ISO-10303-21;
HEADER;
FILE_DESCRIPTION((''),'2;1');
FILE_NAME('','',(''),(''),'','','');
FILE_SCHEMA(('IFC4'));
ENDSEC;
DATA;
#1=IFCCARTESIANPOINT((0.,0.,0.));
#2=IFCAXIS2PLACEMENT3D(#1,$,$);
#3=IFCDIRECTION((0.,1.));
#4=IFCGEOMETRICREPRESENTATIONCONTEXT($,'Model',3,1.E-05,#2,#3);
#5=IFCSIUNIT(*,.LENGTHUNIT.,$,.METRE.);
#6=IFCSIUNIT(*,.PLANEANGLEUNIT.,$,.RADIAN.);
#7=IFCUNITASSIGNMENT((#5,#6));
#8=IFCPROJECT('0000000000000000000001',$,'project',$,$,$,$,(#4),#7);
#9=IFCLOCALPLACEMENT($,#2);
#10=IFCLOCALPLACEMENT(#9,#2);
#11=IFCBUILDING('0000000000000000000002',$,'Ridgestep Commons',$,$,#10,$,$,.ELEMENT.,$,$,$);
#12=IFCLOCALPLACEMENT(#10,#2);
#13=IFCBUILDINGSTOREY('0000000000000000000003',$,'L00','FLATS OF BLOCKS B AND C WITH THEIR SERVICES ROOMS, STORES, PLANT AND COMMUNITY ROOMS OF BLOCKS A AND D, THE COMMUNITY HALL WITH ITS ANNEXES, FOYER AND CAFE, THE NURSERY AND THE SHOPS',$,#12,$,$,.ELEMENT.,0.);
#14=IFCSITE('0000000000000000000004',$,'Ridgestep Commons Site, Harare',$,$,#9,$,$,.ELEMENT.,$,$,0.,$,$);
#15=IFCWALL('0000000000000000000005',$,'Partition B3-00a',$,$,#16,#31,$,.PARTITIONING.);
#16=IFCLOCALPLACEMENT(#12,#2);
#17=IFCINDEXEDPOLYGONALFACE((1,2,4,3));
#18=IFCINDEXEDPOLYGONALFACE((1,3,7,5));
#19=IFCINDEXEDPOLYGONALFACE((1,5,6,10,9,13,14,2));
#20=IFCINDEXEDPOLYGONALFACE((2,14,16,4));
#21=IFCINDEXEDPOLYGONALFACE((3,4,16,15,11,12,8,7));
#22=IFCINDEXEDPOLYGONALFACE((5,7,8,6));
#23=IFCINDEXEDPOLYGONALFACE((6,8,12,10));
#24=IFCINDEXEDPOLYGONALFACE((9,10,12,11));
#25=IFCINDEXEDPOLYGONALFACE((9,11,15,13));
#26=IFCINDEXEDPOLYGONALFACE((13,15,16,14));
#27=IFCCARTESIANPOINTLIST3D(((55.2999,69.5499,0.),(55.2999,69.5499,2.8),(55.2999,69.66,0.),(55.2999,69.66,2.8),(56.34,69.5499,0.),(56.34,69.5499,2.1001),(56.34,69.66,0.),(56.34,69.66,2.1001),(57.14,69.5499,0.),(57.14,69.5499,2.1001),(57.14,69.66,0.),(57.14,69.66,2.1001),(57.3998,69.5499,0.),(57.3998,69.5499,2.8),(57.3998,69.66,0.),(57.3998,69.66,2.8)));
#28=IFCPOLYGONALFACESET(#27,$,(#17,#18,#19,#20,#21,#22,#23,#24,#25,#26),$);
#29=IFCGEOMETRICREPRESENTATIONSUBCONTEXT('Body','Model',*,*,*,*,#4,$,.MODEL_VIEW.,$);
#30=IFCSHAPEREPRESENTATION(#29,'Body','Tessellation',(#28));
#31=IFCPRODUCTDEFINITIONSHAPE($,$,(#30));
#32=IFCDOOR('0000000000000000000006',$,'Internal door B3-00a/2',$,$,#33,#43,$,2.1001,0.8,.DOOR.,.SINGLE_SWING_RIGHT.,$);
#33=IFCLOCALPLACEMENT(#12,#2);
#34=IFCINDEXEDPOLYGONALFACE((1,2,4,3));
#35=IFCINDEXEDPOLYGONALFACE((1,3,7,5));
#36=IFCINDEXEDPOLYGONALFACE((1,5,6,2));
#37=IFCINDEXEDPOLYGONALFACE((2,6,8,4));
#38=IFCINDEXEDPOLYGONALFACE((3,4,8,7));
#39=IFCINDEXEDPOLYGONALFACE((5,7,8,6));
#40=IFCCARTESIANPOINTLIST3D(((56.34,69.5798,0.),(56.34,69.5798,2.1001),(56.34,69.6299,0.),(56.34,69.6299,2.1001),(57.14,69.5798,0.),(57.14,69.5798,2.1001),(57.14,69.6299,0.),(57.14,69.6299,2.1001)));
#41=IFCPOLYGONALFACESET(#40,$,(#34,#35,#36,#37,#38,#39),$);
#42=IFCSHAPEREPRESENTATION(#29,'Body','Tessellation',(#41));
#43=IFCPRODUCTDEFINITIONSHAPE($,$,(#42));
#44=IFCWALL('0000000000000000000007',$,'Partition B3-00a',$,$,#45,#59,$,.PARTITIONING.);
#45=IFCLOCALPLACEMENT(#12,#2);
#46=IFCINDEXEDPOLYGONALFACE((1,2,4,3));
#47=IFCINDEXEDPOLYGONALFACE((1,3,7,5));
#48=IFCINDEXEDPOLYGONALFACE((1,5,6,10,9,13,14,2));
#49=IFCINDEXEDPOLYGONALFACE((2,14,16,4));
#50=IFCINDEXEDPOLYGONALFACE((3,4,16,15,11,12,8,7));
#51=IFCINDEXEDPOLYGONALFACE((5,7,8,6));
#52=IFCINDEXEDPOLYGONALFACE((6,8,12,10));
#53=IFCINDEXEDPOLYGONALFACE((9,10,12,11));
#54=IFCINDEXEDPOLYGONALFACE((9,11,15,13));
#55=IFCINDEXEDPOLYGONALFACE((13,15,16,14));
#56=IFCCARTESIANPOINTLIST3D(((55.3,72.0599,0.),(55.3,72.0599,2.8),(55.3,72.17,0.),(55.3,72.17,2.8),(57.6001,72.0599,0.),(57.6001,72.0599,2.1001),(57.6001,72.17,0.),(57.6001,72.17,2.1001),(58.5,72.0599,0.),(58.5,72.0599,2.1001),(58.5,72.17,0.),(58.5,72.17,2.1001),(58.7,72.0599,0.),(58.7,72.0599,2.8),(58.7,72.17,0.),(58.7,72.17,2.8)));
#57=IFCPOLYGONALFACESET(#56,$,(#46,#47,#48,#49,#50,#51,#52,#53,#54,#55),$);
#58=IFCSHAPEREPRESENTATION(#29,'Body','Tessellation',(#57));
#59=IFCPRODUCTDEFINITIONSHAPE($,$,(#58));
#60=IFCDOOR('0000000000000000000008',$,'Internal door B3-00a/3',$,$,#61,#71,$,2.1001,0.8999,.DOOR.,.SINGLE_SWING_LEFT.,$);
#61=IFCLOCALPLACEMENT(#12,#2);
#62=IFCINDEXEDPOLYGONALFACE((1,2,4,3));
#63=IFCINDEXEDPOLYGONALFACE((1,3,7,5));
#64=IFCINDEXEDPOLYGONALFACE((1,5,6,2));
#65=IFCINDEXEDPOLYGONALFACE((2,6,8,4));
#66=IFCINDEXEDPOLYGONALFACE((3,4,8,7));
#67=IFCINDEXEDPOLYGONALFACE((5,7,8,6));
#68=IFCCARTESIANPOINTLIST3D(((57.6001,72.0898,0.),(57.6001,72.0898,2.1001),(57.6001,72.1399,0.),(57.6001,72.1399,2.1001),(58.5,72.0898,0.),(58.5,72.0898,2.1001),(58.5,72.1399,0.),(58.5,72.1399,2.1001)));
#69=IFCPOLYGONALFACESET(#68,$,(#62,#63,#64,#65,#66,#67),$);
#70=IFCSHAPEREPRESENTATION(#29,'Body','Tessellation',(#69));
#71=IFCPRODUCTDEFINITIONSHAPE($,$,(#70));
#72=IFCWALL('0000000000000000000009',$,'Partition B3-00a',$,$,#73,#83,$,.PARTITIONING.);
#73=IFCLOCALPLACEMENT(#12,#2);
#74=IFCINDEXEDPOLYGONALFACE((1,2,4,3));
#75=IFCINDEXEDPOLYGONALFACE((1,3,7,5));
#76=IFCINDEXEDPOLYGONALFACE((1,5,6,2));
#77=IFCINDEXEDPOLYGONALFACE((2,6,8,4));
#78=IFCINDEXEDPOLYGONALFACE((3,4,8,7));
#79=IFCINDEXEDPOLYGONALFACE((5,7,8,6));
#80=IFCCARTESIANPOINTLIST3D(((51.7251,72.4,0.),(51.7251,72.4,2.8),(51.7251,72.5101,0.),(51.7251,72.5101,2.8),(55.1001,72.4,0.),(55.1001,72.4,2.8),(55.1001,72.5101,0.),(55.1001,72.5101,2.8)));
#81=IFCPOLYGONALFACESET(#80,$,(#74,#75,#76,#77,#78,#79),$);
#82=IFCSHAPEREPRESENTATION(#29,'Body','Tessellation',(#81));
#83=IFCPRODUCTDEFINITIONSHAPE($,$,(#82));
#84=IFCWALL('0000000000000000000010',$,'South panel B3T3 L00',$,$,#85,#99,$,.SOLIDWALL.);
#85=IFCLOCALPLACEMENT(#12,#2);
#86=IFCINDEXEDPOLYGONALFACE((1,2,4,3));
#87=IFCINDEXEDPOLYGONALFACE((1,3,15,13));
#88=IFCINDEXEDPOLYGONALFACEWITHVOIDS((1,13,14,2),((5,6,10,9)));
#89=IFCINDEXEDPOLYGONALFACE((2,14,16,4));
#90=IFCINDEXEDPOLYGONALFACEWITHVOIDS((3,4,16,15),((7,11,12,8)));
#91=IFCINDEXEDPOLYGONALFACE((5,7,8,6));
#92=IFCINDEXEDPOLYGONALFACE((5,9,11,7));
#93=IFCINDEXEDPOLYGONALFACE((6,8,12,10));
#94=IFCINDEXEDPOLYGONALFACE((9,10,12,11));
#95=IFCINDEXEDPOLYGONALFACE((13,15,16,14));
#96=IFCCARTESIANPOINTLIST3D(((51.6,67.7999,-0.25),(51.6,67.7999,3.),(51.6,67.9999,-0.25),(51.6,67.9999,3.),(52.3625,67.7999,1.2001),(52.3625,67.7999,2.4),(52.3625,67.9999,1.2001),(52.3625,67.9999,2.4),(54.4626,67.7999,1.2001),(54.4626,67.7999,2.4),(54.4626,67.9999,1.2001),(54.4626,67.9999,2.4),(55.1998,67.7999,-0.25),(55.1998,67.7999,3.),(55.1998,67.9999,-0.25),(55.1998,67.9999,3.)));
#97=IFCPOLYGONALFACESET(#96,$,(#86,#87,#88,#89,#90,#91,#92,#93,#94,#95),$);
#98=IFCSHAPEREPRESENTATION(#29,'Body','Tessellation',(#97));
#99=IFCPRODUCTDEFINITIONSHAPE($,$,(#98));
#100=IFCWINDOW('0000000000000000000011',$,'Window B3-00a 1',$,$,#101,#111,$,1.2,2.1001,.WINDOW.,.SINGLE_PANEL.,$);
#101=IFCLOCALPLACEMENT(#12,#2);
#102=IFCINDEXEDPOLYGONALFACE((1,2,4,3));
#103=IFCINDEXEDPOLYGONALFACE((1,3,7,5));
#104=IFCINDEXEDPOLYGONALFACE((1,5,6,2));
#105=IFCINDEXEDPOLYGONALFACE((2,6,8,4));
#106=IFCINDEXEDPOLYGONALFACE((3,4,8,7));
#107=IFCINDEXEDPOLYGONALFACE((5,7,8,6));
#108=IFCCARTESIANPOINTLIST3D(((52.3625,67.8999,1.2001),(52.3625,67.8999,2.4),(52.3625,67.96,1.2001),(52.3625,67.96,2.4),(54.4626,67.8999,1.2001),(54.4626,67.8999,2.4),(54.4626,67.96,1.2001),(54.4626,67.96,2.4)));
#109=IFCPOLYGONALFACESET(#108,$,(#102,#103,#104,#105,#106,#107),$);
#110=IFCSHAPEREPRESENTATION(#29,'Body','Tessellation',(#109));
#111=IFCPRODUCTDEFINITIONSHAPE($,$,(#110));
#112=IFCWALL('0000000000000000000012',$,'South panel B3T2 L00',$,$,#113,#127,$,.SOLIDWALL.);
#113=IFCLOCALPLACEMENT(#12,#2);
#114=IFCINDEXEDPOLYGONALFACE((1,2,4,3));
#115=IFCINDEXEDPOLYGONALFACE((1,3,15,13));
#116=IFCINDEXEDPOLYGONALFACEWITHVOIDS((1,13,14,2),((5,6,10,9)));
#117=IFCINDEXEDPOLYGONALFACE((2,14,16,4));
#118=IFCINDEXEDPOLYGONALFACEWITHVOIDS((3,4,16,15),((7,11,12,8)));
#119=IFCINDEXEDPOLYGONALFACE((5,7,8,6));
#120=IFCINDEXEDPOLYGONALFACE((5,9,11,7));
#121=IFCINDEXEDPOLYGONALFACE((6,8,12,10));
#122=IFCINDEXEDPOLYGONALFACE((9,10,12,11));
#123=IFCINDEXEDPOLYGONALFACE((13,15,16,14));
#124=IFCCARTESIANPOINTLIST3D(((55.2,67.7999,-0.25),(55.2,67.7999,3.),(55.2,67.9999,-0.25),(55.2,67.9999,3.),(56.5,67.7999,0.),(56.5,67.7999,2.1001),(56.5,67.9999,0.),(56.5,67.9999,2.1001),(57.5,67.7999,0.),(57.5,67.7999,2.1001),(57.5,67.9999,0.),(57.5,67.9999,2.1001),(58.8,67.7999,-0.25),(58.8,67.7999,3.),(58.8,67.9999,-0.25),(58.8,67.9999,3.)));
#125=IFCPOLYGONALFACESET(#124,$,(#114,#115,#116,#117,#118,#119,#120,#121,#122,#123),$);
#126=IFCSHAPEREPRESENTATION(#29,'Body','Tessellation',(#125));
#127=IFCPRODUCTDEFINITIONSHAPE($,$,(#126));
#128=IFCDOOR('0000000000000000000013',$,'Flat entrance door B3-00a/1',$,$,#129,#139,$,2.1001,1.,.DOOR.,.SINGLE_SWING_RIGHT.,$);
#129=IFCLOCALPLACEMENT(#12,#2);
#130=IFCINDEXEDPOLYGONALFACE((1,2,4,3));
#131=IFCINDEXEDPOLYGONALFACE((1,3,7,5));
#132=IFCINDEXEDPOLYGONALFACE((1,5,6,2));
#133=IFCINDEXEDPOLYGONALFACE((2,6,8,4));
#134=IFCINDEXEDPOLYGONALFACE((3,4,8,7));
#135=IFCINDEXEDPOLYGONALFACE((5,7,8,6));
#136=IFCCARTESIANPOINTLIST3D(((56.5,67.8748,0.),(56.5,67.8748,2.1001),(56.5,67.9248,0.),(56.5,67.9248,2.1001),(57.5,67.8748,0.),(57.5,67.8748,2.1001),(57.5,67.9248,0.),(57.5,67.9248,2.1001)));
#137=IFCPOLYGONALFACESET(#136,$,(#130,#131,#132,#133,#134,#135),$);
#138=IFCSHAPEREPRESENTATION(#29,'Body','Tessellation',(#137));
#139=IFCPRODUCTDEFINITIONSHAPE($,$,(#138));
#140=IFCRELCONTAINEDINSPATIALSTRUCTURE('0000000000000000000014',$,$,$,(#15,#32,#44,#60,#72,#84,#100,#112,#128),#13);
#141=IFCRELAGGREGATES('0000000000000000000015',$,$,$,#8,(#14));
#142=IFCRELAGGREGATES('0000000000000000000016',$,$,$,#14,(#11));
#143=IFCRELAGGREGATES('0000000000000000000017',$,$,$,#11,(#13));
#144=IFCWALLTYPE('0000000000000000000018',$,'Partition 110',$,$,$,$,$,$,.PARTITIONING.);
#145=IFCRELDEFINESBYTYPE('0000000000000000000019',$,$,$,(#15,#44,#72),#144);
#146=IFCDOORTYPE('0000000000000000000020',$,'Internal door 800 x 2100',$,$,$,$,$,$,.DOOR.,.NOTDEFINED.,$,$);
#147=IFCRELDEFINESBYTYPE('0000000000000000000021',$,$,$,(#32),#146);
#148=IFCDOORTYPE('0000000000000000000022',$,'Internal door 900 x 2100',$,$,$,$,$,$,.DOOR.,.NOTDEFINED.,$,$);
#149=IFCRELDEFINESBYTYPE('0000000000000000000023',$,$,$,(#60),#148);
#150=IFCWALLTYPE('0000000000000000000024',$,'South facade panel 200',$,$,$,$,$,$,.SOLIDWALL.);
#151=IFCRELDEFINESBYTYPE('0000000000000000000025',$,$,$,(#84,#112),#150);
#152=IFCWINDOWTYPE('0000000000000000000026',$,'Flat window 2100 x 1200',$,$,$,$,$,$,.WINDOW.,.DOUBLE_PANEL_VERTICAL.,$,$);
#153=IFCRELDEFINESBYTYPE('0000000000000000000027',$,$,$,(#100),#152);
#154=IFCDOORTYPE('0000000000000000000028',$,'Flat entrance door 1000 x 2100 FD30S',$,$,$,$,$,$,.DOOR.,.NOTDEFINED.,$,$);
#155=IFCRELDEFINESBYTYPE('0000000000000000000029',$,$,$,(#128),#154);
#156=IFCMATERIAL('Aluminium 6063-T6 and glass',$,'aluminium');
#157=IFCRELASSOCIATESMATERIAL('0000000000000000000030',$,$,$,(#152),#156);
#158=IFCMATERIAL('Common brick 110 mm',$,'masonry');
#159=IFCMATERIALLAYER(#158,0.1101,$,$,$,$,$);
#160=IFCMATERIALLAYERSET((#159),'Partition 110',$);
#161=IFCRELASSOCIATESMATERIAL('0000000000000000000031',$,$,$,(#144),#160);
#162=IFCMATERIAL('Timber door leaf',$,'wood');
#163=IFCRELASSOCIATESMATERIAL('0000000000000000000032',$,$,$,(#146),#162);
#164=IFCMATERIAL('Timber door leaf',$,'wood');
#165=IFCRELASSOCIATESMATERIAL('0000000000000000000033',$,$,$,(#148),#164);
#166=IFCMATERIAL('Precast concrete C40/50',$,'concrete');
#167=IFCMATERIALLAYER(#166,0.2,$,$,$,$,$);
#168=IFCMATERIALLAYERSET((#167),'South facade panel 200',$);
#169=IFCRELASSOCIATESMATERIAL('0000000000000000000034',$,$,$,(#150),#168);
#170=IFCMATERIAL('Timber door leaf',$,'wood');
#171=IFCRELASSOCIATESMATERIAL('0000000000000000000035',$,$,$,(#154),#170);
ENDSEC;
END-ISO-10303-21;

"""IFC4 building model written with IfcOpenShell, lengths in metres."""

from ifc_helpers import new_model, si_unit, direction, frame, frame_2d, origin, place, context, subcontext, project, spatial, rectangle, extrude, material, layer, layer_set, type_object, element, fill, save


model = new_model("IFC4")

# Units and contexts
model_context = context("Model", 3, precision=1e-05, world=origin(), true_north=direction((0.0, 1.0)))
body_context = subcontext(model_context, "Body", "Model", "MODEL_VIEW")
ifc_project = project(units=[si_unit("LENGTHUNIT", "METRE"), si_unit("PLANEANGLEUNIT", "RADIAN")], contexts=[model_context])

# Site, building, storey
site_placement = place(None, origin())
site = spatial("IfcSite", under=ifc_project, at=site_placement, Name="Ridgestep Commons Site, Harare", CompositionType="ELEMENT", RefElevation=0.0)
building_placement = place(site_placement, origin())
building = spatial("IfcBuilding", under=site, at=building_placement, Name="Ridgestep Commons", CompositionType="ELEMENT")
storey_placement = place(building_placement, origin())
storey = spatial("IfcBuildingStorey", under=building, at=storey_placement, Name="L00", Description="FLATS OF BLOCKS B AND C WITH THEIR SERVICES ROOMS, STORES, PLANT AND COMMUNITY ROOMS OF BLOCKS A AND D, THE COMMUNITY HALL WITH ITS ANNEXES, FOYER AND CAFE, THE NURSERY AND THE SHOPS", CompositionType="ELEMENT", Elevation=0.0)

# Shared definitions
ifc_material_1 = material(Name="Aluminium 6063-T6 and glass", Category="aluminium")
window_type_1 = type_object("IfcWindowType", Name="Flat window 2100 x 1200", PartitioningType="DOUBLE_PANEL_VERTICAL", PredefinedType="WINDOW", material=ifc_material_1)

# Walls, openings, doors
ifc_material_2 = material(Name="Common brick 110 mm", Category="masonry")
ifc_layer_1 = layer(ifc_material_2, 0.1101)
ifc_layer_set_1 = layer_set([ifc_layer_1], Name="Partition 110")
wall_type_1 = type_object("IfcWallType", Name="Partition 110", PredefinedType="PARTITIONING", material=ifc_layer_set_1)
wall_1_placement = place(storey_placement, frame((55.3, 69.605, 0.0), z_axis=(0.0, 0.0, 1.0), x_axis=(1.0, 0.0, 0.0)))
wall_1 = element("IfcWall", 1, at=wall_1_placement, inside=storey, type_object=wall_type_1, Name="Partition B3-00a", PredefinedType="PARTITIONING", context=body_context, shape_type="SweptSolid", body=[
    extrude(rectangle(XDim=2.0999, YDim=0.1101, at=frame_2d((1.0498, 0.0))), origin(), (0.0, 0.0, 1.0), 2.8),
])
opening_1_placement = place(wall_1_placement, frame((1.04, 0.0, 0.0)))
opening_1 = element("IfcOpeningElement", 2, at=opening_1_placement, cuts=wall_1, PredefinedType="OPENING", context=body_context, shape_type="SweptSolid", body=[
    extrude(rectangle(XDim=0.8, YDim=2.1001, at=frame_2d((0.3999, 1.05))), frame((0.0, 0.0649, 0.0), z_axis=(0.0, -1.0, 0.0), x_axis=(1.0, 0.0, 0.0)), (0.0, 0.0, 1.0), 0.1301),
])
ifc_material_3 = material(Name="Timber door leaf", Category="wood")
door_type_1 = type_object("IfcDoorType", Name="Internal door 800 x 2100", OperationType="NOTDEFINED", PredefinedType="DOOR", material=ifc_material_3)
door_1_placement = place(opening_1_placement, origin())
door_1 = element("IfcDoor", 3, at=door_1_placement, inside=storey, type_object=door_type_1, Name="Internal door B3-00a/2", OperationType="SINGLE_SWING_RIGHT", OverallHeight=2.1001, OverallWidth=0.8, PredefinedType="DOOR", context=body_context, shape_type="SweptSolid", body=[
    extrude(rectangle(XDim=0.8, YDim=2.1001, at=frame_2d((0.3999, 1.05))), frame((0.0, 0.0249, 0.0), z_axis=(0.0, -1.0, 0.0), x_axis=(1.0, 0.0, 0.0)), (0.0, 0.0, 1.0), 0.05),
])
fill(opening_1, door_1)
wall_2_placement = place(storey_placement, frame((55.3, 72.115, 0.0), z_axis=(0.0, 0.0, 1.0), x_axis=(1.0, 0.0, 0.0)))
wall_2 = element("IfcWall", 4, at=wall_2_placement, inside=storey, type_object=wall_type_1, Name="Partition B3-00a", PredefinedType="PARTITIONING", context=body_context, shape_type="SweptSolid", body=[
    extrude(rectangle(XDim=3.3999, YDim=0.1101, at=frame_2d((1.7, 0.0))), origin(), (0.0, 0.0, 1.0), 2.8),
])
opening_2_placement = place(wall_2_placement, frame((2.3, 0.0, 0.0)))
opening_2 = element("IfcOpeningElement", 5, at=opening_2_placement, cuts=wall_2, PredefinedType="OPENING", context=body_context, shape_type="SweptSolid", body=[
    extrude(rectangle(XDim=0.8999, YDim=2.1001, at=frame_2d((0.45, 1.05))), frame((0.0, 0.0649, 0.0), z_axis=(0.0, -1.0, 0.0), x_axis=(1.0, 0.0, 0.0)), (0.0, 0.0, 1.0), 0.1301),
])
ifc_material_4 = material(Name="Timber door leaf", Category="wood")
door_type_2 = type_object("IfcDoorType", Name="Internal door 900 x 2100", OperationType="NOTDEFINED", PredefinedType="DOOR", material=ifc_material_4)
door_2_placement = place(opening_2_placement, origin())
door_2 = element("IfcDoor", 6, at=door_2_placement, inside=storey, type_object=door_type_2, Name="Internal door B3-00a/3", OperationType="SINGLE_SWING_LEFT", OverallHeight=2.1001, OverallWidth=0.8999, PredefinedType="DOOR", context=body_context, shape_type="SweptSolid", body=[
    extrude(rectangle(XDim=0.8999, YDim=2.1001, at=frame_2d((0.45, 1.05))), frame((0.0, 0.0249, 0.0), z_axis=(0.0, -1.0, 0.0), x_axis=(1.0, 0.0, 0.0)), (0.0, 0.0, 1.0), 0.05),
])
fill(opening_2, door_2)

# Wall
wall_3_placement = place(storey_placement, frame((51.7251, 72.4551, 0.0), z_axis=(0.0, 0.0, 1.0), x_axis=(1.0, 0.0, 0.0)))
element("IfcWall", 7, at=wall_3_placement, inside=storey, type_object=wall_type_1, Name="Partition B3-00a", PredefinedType="PARTITIONING", context=body_context, shape_type="SweptSolid", body=[
    extrude(rectangle(XDim=3.375, YDim=0.1101, at=frame_2d((1.6875, 0.0))), origin(), (0.0, 0.0, 1.0), 2.8),
])

# Wall, opening, window
ifc_material_5 = material(Name="Precast concrete C40/50", Category="concrete")
ifc_layer_2 = layer(ifc_material_5, 0.2)
ifc_layer_set_2 = layer_set([ifc_layer_2], Name="South facade panel 200")
wall_type_2 = type_object("IfcWallType", Name="South facade panel 200", PredefinedType="SOLIDWALL", material=ifc_layer_set_2)
wall_4_placement = place(storey_placement, frame((51.6001, 67.8999, -0.25), z_axis=(0.0, 0.0, 1.0), x_axis=(1.0, 0.0, 0.0)))
wall_4 = element("IfcWall", 8, at=wall_4_placement, inside=storey, type_object=wall_type_2, Name="South panel B3T3 L00", PredefinedType="SOLIDWALL", context=body_context, shape_type="SweptSolid", body=[
    extrude(rectangle(XDim=3.5999, YDim=0.2, at=frame_2d((1.7998, 0.0))), origin(), (0.0, 0.0, 1.0), 3.25),
])
opening_3_placement = place(wall_4_placement, frame((0.7625, 0.0, 1.45)))
opening_3 = element("IfcOpeningElement", 9, at=opening_3_placement, cuts=wall_4, PredefinedType="OPENING", context=body_context, shape_type="SweptSolid", body=[
    extrude(rectangle(XDim=2.1001, YDim=1.2, at=frame_2d((1.05, 0.6001))), frame((0.0, 0.1099, 0.0), z_axis=(0.0, -1.0, 0.0), x_axis=(1.0, 0.0, 0.0)), (0.0, 0.0, 1.0), 0.22),
])
window_1_placement = place(opening_3_placement, origin())
window_1 = element("IfcWindow", 10, at=window_1_placement, inside=storey, type_object=window_type_1, Name="Window B3-00a 1", OverallHeight=1.2, OverallWidth=2.1001, PartitioningType="SINGLE_PANEL", PredefinedType="WINDOW", context=body_context, shape_type="SweptSolid", body=[
    extrude(rectangle(XDim=2.1001, YDim=1.2, at=frame_2d((1.05, 0.6001))), frame((0.0, 0.0601, 0.0), z_axis=(0.0, -1.0, 0.0), x_axis=(1.0, 0.0, 0.0)), (0.0, 0.0, 1.0), 0.0601),
])
fill(opening_3, window_1)

# Wall, opening, door
wall_5_placement = place(storey_placement, frame((55.2, 67.8999, -0.25), z_axis=(0.0, 0.0, 1.0), x_axis=(1.0, 0.0, 0.0)))
wall_5 = element("IfcWall", 11, at=wall_5_placement, inside=storey, type_object=wall_type_2, Name="South panel B3T2 L00", PredefinedType="SOLIDWALL", context=body_context, shape_type="SweptSolid", body=[
    extrude(rectangle(XDim=3.6001, YDim=0.2, at=frame_2d((1.8, 0.0))), origin(), (0.0, 0.0, 1.0), 3.25),
])
opening_4_placement = place(wall_5_placement, frame((1.3, 0.0, 0.25)))
opening_4 = element("IfcOpeningElement", 12, at=opening_4_placement, cuts=wall_5, PredefinedType="OPENING", context=body_context, shape_type="SweptSolid", body=[
    extrude(rectangle(XDim=1.0, YDim=2.1001, at=frame_2d((0.5, 1.05))), frame((0.0, 0.1099, 0.0), z_axis=(0.0, -1.0, 0.0), x_axis=(1.0, 0.0, 0.0)), (0.0, 0.0, 1.0), 0.22),
])
ifc_material_6 = material(Name="Timber door leaf", Category="wood")
door_type_3 = type_object("IfcDoorType", Name="Flat entrance door 1000 x 2100 FD30S", OperationType="NOTDEFINED", PredefinedType="DOOR", material=ifc_material_6)
door_3_placement = place(opening_4_placement, origin())
door_3 = element("IfcDoor", 13, at=door_3_placement, inside=storey, type_object=door_type_3, Name="Flat entrance door B3-00a/1", OperationType="SINGLE_SWING_RIGHT", OverallHeight=2.1001, OverallWidth=1.0, PredefinedType="DOOR", context=body_context, shape_type="SweptSolid", body=[
    extrude(rectangle(XDim=1.0, YDim=2.1001, at=frame_2d((0.5, 1.05))), frame((0.0, 0.0249, 0.0), z_axis=(0.0, -1.0, 0.0), x_axis=(1.0, 0.0, 0.0)), (0.0, 0.0, 1.0), 0.05),
])
fill(opening_4, door_3)

save(model, "model.ifc")
